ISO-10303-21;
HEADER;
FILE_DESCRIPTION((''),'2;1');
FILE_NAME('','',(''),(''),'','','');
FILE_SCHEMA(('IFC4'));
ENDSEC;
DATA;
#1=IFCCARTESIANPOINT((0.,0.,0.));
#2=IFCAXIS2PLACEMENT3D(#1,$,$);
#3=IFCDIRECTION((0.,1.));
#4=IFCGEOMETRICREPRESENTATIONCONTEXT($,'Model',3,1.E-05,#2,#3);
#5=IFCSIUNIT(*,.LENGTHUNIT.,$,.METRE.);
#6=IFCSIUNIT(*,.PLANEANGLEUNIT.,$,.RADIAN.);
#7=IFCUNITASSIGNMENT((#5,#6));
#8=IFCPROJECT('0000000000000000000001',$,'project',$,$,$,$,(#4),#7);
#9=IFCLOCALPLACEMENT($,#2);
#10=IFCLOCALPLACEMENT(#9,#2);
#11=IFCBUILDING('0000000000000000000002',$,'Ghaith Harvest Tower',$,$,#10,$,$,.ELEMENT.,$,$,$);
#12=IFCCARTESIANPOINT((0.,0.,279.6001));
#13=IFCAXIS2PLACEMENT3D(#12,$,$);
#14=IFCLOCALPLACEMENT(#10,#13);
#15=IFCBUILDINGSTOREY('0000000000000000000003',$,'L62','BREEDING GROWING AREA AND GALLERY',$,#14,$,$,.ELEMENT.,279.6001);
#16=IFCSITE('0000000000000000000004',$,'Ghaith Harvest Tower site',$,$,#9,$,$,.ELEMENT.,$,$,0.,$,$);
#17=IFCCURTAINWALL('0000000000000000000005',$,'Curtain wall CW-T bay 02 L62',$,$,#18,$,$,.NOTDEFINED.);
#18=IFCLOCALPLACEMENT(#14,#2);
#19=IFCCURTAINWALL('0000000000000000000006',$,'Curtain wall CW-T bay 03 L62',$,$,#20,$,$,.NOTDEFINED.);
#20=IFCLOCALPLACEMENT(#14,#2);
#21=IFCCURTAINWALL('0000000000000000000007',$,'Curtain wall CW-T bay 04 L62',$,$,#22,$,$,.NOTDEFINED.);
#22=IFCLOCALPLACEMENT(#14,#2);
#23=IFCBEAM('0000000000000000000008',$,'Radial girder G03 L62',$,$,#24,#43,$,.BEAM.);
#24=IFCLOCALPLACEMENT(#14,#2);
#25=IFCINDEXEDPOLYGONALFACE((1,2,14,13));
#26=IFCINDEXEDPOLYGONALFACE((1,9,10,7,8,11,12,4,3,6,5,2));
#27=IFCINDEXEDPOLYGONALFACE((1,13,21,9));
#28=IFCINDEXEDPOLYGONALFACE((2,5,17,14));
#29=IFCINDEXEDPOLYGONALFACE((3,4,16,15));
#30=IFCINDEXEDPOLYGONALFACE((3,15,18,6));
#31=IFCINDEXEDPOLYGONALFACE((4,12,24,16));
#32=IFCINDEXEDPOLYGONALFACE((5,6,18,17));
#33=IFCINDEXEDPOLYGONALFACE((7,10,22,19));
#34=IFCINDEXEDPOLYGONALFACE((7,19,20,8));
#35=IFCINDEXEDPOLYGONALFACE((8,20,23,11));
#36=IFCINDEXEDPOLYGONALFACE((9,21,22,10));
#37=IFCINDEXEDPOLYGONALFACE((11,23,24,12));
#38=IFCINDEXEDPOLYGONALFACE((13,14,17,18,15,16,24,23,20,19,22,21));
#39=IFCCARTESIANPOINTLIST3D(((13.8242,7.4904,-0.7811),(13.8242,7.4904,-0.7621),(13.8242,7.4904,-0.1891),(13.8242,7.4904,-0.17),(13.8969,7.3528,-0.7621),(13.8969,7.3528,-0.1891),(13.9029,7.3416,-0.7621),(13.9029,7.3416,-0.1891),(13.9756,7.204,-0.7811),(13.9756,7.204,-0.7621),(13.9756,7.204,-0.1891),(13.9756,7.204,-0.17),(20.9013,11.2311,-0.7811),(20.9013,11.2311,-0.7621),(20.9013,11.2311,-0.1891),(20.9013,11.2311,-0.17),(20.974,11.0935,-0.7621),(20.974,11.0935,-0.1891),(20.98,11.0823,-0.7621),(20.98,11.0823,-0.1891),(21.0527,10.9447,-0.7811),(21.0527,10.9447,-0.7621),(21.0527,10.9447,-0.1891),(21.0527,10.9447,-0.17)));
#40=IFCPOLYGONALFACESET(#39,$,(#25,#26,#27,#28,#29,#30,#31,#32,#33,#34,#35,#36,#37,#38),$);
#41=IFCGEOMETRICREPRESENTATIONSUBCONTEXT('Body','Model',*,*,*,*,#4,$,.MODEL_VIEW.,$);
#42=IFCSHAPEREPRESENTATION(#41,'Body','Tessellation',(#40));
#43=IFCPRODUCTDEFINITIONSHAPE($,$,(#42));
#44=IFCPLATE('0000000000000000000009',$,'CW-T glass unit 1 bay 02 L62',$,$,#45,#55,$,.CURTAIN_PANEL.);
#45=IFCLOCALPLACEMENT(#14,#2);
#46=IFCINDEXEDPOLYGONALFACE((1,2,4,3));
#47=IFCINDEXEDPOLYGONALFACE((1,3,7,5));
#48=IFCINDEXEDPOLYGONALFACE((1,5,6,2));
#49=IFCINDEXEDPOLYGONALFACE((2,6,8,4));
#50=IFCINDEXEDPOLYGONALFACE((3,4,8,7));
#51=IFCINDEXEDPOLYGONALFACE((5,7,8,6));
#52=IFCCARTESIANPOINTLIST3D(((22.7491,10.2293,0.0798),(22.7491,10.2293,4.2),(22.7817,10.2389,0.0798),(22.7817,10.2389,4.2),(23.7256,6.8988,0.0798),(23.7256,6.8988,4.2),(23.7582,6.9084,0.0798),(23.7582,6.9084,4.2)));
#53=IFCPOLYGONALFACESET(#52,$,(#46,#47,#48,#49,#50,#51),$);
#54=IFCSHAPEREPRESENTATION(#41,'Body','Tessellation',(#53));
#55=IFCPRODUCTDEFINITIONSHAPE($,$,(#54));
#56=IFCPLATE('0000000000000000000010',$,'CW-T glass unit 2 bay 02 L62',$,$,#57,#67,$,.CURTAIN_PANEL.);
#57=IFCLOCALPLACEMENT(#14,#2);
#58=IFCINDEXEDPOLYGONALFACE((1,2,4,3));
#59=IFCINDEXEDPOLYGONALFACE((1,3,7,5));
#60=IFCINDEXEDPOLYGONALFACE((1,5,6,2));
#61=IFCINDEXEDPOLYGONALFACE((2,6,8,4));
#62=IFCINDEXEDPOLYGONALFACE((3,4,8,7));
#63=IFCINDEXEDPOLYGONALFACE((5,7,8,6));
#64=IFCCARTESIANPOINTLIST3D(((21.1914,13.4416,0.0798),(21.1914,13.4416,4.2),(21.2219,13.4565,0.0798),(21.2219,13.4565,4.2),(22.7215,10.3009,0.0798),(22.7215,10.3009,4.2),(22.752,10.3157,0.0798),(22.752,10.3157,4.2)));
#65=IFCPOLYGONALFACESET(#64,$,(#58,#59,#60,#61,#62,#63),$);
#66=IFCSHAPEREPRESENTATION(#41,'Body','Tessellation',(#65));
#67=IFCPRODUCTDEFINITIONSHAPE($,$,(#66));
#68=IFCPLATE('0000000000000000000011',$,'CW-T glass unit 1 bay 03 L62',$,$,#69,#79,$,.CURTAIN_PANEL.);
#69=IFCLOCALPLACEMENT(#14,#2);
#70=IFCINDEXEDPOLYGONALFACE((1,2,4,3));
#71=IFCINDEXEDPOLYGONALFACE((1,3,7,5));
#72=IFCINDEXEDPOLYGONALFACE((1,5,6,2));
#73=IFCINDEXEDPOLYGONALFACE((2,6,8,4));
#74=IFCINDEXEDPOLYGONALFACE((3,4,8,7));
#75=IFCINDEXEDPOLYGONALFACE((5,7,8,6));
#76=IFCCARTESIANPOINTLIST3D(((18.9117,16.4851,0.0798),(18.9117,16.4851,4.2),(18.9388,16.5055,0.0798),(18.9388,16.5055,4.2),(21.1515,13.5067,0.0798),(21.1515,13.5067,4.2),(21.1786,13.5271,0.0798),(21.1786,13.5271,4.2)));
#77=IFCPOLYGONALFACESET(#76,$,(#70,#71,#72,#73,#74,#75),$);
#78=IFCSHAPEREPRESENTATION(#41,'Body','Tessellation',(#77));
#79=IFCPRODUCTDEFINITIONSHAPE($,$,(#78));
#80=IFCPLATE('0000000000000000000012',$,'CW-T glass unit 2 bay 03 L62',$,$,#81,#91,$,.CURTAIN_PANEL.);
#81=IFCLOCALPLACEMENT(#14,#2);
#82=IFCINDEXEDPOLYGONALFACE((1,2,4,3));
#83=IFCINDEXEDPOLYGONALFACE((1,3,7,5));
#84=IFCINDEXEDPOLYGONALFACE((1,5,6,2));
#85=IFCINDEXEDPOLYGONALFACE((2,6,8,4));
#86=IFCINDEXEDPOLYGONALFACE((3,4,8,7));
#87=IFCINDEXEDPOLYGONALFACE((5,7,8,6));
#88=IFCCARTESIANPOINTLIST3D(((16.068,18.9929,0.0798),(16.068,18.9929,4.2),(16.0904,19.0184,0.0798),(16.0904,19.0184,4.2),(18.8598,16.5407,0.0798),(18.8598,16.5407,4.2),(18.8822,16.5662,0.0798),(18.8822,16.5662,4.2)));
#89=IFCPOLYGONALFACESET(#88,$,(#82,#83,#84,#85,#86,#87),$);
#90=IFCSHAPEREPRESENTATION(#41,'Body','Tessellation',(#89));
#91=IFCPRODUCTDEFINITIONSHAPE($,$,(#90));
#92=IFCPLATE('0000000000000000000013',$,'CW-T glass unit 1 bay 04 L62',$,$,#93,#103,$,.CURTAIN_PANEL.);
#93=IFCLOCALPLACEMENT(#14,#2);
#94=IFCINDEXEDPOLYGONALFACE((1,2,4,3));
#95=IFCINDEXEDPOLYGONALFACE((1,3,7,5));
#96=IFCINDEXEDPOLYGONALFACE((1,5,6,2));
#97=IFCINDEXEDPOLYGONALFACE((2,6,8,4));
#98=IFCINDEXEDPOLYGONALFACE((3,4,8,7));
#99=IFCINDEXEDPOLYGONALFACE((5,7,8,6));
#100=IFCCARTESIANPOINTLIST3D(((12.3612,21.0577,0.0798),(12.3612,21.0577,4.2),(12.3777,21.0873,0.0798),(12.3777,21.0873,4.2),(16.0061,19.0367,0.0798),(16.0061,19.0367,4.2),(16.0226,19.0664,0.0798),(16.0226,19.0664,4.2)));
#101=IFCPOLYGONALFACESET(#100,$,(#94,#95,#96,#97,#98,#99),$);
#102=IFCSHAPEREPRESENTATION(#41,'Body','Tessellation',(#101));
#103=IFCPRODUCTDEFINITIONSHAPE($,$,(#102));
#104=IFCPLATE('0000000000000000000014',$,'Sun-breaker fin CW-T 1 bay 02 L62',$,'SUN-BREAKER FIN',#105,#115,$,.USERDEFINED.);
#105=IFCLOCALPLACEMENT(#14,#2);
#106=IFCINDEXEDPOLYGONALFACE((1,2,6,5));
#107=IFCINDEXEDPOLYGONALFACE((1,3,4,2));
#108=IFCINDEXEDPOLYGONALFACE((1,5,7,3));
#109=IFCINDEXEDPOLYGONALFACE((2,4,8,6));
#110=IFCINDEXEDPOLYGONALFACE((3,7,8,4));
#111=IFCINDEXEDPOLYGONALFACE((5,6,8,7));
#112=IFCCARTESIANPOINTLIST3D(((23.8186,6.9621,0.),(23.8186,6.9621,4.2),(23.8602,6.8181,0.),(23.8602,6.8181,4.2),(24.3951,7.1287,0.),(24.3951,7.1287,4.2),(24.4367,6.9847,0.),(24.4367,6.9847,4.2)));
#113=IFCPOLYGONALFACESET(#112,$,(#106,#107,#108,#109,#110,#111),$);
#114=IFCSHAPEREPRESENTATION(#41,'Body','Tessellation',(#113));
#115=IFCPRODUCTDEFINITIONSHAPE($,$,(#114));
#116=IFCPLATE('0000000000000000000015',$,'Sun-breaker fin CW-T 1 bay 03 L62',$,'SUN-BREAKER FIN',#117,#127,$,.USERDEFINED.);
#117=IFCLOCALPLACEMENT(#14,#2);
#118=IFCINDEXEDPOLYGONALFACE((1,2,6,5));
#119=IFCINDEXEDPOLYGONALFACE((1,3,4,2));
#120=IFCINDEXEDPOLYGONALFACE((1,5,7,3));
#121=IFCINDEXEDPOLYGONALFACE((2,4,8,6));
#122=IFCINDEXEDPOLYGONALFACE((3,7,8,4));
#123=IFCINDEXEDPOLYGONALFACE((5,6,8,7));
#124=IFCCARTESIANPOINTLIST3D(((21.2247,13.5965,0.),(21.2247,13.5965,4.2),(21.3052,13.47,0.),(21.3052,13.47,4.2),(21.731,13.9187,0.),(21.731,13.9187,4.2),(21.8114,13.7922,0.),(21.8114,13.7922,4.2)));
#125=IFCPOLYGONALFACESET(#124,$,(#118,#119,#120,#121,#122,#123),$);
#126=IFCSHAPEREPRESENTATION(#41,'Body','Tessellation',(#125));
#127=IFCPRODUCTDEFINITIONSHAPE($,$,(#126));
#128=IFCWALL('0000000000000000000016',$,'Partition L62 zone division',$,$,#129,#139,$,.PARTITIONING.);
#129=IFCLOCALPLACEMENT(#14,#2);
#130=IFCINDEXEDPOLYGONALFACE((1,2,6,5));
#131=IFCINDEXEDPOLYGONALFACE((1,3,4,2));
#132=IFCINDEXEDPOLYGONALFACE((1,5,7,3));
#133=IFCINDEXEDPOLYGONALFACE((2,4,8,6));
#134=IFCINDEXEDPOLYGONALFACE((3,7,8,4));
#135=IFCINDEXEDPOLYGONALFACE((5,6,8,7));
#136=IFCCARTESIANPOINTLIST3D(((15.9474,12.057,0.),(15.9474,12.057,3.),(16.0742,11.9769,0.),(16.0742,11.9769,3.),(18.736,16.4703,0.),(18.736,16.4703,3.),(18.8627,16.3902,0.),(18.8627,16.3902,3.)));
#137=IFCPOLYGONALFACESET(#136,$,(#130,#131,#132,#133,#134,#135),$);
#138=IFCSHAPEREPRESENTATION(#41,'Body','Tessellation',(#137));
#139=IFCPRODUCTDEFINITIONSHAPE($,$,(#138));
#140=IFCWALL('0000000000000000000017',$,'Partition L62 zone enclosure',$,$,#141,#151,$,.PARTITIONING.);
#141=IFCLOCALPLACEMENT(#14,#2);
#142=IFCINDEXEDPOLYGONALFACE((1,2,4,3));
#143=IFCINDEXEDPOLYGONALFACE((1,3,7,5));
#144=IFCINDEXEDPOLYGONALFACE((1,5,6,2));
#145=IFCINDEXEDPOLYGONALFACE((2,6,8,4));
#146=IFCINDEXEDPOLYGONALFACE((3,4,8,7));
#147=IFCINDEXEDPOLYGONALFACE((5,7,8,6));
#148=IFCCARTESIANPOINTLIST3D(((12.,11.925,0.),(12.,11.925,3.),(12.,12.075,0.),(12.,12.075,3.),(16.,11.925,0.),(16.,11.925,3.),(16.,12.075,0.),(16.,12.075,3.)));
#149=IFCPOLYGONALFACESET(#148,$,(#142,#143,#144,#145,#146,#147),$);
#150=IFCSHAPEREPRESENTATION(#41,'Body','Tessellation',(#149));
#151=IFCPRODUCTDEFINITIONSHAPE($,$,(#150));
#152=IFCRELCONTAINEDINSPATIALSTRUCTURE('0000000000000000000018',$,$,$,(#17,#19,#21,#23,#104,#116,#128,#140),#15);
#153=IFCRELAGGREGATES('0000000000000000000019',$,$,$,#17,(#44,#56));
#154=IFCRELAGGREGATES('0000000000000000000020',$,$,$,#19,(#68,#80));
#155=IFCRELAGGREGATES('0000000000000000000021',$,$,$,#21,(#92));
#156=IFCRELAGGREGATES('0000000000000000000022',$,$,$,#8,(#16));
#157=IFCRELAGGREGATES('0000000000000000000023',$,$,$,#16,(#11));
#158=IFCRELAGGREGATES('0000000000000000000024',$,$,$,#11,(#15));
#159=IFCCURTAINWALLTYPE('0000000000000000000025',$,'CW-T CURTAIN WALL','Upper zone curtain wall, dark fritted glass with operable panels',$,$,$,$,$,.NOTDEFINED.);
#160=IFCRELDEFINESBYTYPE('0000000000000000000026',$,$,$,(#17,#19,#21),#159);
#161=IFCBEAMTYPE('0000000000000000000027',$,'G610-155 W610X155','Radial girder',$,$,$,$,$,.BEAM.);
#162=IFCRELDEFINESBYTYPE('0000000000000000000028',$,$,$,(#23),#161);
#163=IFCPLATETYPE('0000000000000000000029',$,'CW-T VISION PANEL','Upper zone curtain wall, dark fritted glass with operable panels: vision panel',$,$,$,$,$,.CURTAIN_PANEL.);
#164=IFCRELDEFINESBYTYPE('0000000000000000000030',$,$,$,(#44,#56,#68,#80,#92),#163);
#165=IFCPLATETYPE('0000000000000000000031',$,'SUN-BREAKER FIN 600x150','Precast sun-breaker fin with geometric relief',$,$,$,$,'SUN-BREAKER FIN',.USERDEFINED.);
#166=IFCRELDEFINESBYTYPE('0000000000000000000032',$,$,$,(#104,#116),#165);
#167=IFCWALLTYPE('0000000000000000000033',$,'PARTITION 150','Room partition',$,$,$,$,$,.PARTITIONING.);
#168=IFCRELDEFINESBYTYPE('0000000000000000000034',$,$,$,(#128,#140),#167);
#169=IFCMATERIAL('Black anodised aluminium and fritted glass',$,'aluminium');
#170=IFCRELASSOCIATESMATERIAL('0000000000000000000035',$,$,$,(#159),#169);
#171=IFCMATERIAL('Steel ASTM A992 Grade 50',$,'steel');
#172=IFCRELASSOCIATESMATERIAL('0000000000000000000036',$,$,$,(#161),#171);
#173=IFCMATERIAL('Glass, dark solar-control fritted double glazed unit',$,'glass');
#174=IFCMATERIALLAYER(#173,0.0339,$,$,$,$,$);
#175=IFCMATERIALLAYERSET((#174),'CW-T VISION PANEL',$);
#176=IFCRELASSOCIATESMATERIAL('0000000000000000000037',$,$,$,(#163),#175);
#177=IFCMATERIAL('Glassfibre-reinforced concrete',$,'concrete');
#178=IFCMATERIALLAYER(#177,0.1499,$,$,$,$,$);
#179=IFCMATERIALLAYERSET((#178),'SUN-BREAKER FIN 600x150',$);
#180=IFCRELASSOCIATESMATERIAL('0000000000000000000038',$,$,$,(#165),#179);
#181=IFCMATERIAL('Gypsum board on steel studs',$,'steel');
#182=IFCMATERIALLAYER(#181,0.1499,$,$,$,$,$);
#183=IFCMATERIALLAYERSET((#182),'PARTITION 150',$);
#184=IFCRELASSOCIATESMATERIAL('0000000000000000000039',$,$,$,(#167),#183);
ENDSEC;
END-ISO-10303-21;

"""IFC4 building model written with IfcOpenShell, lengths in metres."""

from ifc_helpers import new_model, si_unit, direction, frame, frame_2d, origin, origin_2d, place, context, subcontext, project, spatial, rectangle, i_section, extrude, material, layer, layer_set, material_profile, profile_set, type_object, element, aggregate, save


model = new_model("IFC4")

# Units and contexts
model_context = context("Model", 3, precision=1e-05, world=origin(), true_north=direction((0.0, 1.0)))
body_context = subcontext(model_context, "Body", "Model", "MODEL_VIEW")
ifc_project = project(units=[si_unit("LENGTHUNIT", "METRE"), si_unit("PLANEANGLEUNIT", "RADIAN")], contexts=[model_context])

# Site, building, storey
site_placement = place(None, origin())
site = spatial("IfcSite", under=ifc_project, at=site_placement, Name="Ghaith Harvest Tower site", CompositionType="ELEMENT", RefElevation=0.0)
building_placement = place(site_placement, origin())
building = spatial("IfcBuilding", under=site, at=building_placement, Name="Ghaith Harvest Tower", CompositionType="ELEMENT")
storey_placement = place(building_placement, frame((0.0, 0.0, 279.6001)))
storey = spatial("IfcBuildingStorey", under=building, at=storey_placement, Name="L62", Description="BREEDING GROWING AREA AND GALLERY", CompositionType="ELEMENT", Elevation=279.6001)

# Curtain wall
ifc_material_1 = material(Name="Black anodised aluminium and fritted glass", Category="aluminium")
curtain_wall_type = type_object("IfcCurtainWallType", Name="CW-T CURTAIN WALL", Description="Upper zone curtain wall, dark fritted glass with operable panels", PredefinedType="NOTDEFINED", material=ifc_material_1)
curtain_wall_1_placement = place(storey_placement, origin())
curtain_wall_1 = element("IfcCurtainWall", 1, at=curtain_wall_1_placement, inside=storey, type_object=curtain_wall_type, Name="Curtain wall CW-T bay 02 L62", PredefinedType="NOTDEFINED")

# Curtain walls
curtain_wall_2_placement = place(storey_placement, origin())
curtain_wall_2 = element("IfcCurtainWall", 2, at=curtain_wall_2_placement, inside=storey, type_object=curtain_wall_type, Name="Curtain wall CW-T bay 03 L62", PredefinedType="NOTDEFINED")
curtain_wall_3_placement = place(storey_placement, origin())
curtain_wall_3 = element("IfcCurtainWall", 3, at=curtain_wall_3_placement, inside=storey, type_object=curtain_wall_type, Name="Curtain wall CW-T bay 04 L62", PredefinedType="NOTDEFINED")

# Beam
ifc_material_2 = material(Name="Steel ASTM A992 Grade 50", Category="steel")
ifc_material_profile_1 = material_profile(ifc_material_2, i_section(OverallWidth=0.324, OverallDepth=0.6111, WebThickness=0.0127, FlangeThickness=0.019, at=origin_2d()), Name="W610X155")
ifc_profile_set_1 = profile_set([ifc_material_profile_1], Name="Steel ASTM A992 Grade 50")
beam_type_1 = type_object("IfcBeamType", Name="G610-155 W610X155", Description="Radial girder", PredefinedType="BEAM", material=ifc_profile_set_1)
beam_1_placement = place(storey_placement, frame((13.8999, 7.3472, -0.4756), z_axis=(0.884098, 0.467302, 0.0), x_axis=(-0.467302, 0.884098, 0.0)))
element("IfcBeam", 4, at=beam_1_placement, inside=storey, type_object=beam_type_1, Name="Radial girder G03 L62", PredefinedType="BEAM", context=body_context, shape_type="SweptSolid", body=[
    extrude(i_section(OverallWidth=0.324, OverallDepth=0.6111, WebThickness=0.0127, FlangeThickness=0.019, at=origin_2d()), origin(), (0.0, 0.0, 1.0), 8.0049),
])

# Plates
ifc_material_3 = material(Name="Glass, dark solar-control fritted double glazed unit", Category="glass")
ifc_layer_1 = layer(ifc_material_3, 0.0339)
ifc_layer_set_1 = layer_set([ifc_layer_1], Name="CW-T VISION PANEL")
plate_type_1 = type_object("IfcPlateType", Name="CW-T VISION PANEL", Description="Upper zone curtain wall, dark fritted glass with operable panels: vision panel", PredefinedType="CURTAIN_PANEL", material=ifc_layer_set_1)
plate_1_placement = place(storey_placement, frame((23.2537, 8.5688, 0.0798), z_axis=(0.0, 0.0, 1.0), x_axis=(-0.281345, 0.959607, 0.0)))
plate_1 = element("IfcPlate", 5, at=plate_1_placement, type_object=plate_type_1, Name="CW-T glass unit 1 bay 02 L62", PredefinedType="CURTAIN_PANEL", context=body_context, shape_type="SweptSolid", body=[
    extrude(rectangle(XDim=3.4707, YDim=0.0339, at=origin_2d()), origin(), (0.0, 0.0, 1.0), 4.1201),
])
plate_2_placement = place(storey_placement, frame((21.9717, 11.8787, 0.0798), z_axis=(0.0, 0.0, 1.0), x_axis=(-0.437968, 0.89899, 0.0)))
plate_2 = element("IfcPlate", 6, at=plate_2_placement, type_object=plate_type_1, Name="CW-T glass unit 2 bay 02 L62", PredefinedType="CURTAIN_PANEL", context=body_context, shape_type="SweptSolid", body=[
    extrude(rectangle(XDim=3.4937, YDim=0.0339, at=origin_2d()), origin(), (0.0, 0.0, 1.0), 4.1201),
])
aggregate(curtain_wall_1, [plate_1, plate_2])
plate_3_placement = place(storey_placement, frame((20.0452, 15.0061, 0.0798), z_axis=(0.0, 0.0, 1.0), x_axis=(-0.601048, 0.799213, 0.0)))
plate_3 = element("IfcPlate", 7, at=plate_3_placement, type_object=plate_type_1, Name="CW-T glass unit 1 bay 03 L62", PredefinedType="CURTAIN_PANEL", context=body_context, shape_type="SweptSolid", body=[
    extrude(rectangle(XDim=3.7266, YDim=0.0339, at=origin_2d()), origin(), (0.0, 0.0, 1.0), 4.1201),
])
plate_4_placement = place(storey_placement, frame((17.4751, 17.7795, 0.0798), z_axis=(0.0, 0.0, 1.0), x_axis=(-0.751335, 0.659922, 0.0)))
plate_4 = element("IfcPlate", 8, at=plate_4_placement, type_object=plate_type_1, Name="CW-T glass unit 2 bay 03 L62", PredefinedType="CURTAIN_PANEL", context=body_context, shape_type="SweptSolid", body=[
    extrude(rectangle(XDim=3.7158, YDim=0.0339, at=origin_2d()), origin(), (0.0, 0.0, 1.0), 4.1201),
])
aggregate(curtain_wall_2, [plate_3, plate_4])
plate_5_placement = place(storey_placement, frame((14.1919, 20.062, 0.0798), z_axis=(0.0, 0.0, 1.0), x_axis=(-0.874564, 0.48491, 0.0)))
plate_5 = element("IfcPlate", 9, at=plate_5_placement, type_object=plate_type_1, Name="CW-T glass unit 1 bay 04 L62", PredefinedType="CURTAIN_PANEL", context=body_context, shape_type="SweptSolid", body=[
    extrude(rectangle(XDim=4.1677, YDim=0.0339, at=origin_2d()), origin(), (0.0, 0.0, 1.0), 4.1201),
])
aggregate(curtain_wall_3, [plate_5])

# Plates
ifc_material_4 = material(Name="Glassfibre-reinforced concrete", Category="concrete")
ifc_layer_2 = layer(ifc_material_4, 0.1499)
ifc_layer_set_2 = layer_set([ifc_layer_2], Name="SUN-BREAKER FIN 600x150")
plate_type_2 = type_object("IfcPlateType", Name="SUN-BREAKER FIN 600x150", Description="Precast sun-breaker fin with geometric relief", ElementType="SUN-BREAKER FIN", PredefinedType="USERDEFINED", material=ifc_layer_set_2)
for number, where, z_axis, x_axis, name in (
    (10, (24.1277, 6.9734, 0.0), (0.0, 0.0, 1.0), (0.96068, 0.277657, 0.0), "Sun-breaker fin CW-T 1 bay 02 L62"),
    (11, (21.5181, 13.6943, 0.0), (0.0, 0.0, 1.0), (0.843644, 0.536903, 0.0), "Sun-breaker fin CW-T 1 bay 03 L62"),
):
    element("IfcPlate", number, at=place(storey_placement, frame(where, z_axis=z_axis, x_axis=x_axis)), inside=storey, type_object=plate_type_2, Name=name, ObjectType="SUN-BREAKER FIN", PredefinedType="USERDEFINED", context=body_context, shape_type="SweptSolid", body=[
        extrude(rectangle(XDim=0.6001, YDim=0.1499, at=origin_2d()), origin(), (0.0, 0.0, 1.0), 4.2),
    ])

# Walls
ifc_material_5 = material(Name="Gypsum board on steel studs", Category="steel")
ifc_layer_3 = layer(ifc_material_5, 0.1499)
ifc_layer_set_3 = layer_set([ifc_layer_3], Name="PARTITION 150")
wall_type_1 = type_object("IfcWallType", Name="PARTITION 150", Description="Room partition", PredefinedType="PARTITIONING", material=ifc_layer_set_3)
wall_1_placement = place(storey_placement, frame((16.0107, 12.0168, 0.0), z_axis=(0.0, 0.0, 1.0), x_axis=(0.534158, 0.845384, 0.0)))
element("IfcWall", 12, at=wall_1_placement, inside=storey, type_object=wall_type_1, Name="Partition L62 zone division", PredefinedType="PARTITIONING", context=body_context, shape_type="SweptSolid", body=[
    extrude(rectangle(XDim=5.2205, YDim=0.1499, at=frame_2d((2.6104, 0.0))), origin(), (0.0, 0.0, 1.0), 3.0),
])
wall_2_placement = place(storey_placement, frame((16.0, 12.0, 0.0), z_axis=(0.0, 0.0, 1.0), x_axis=(-1.0, 0.0, 0.0)))
element("IfcWall", 13, at=wall_2_placement, inside=storey, type_object=wall_type_1, Name="Partition L62 zone enclosure", PredefinedType="PARTITIONING", context=body_context, shape_type="SweptSolid", body=[
    extrude(rectangle(XDim=4.0, YDim=0.1499, at=frame_2d((2.0, 0.0))), origin(), (0.0, 0.0, 1.0), 3.0),
])

save(model, "model.ifc")
